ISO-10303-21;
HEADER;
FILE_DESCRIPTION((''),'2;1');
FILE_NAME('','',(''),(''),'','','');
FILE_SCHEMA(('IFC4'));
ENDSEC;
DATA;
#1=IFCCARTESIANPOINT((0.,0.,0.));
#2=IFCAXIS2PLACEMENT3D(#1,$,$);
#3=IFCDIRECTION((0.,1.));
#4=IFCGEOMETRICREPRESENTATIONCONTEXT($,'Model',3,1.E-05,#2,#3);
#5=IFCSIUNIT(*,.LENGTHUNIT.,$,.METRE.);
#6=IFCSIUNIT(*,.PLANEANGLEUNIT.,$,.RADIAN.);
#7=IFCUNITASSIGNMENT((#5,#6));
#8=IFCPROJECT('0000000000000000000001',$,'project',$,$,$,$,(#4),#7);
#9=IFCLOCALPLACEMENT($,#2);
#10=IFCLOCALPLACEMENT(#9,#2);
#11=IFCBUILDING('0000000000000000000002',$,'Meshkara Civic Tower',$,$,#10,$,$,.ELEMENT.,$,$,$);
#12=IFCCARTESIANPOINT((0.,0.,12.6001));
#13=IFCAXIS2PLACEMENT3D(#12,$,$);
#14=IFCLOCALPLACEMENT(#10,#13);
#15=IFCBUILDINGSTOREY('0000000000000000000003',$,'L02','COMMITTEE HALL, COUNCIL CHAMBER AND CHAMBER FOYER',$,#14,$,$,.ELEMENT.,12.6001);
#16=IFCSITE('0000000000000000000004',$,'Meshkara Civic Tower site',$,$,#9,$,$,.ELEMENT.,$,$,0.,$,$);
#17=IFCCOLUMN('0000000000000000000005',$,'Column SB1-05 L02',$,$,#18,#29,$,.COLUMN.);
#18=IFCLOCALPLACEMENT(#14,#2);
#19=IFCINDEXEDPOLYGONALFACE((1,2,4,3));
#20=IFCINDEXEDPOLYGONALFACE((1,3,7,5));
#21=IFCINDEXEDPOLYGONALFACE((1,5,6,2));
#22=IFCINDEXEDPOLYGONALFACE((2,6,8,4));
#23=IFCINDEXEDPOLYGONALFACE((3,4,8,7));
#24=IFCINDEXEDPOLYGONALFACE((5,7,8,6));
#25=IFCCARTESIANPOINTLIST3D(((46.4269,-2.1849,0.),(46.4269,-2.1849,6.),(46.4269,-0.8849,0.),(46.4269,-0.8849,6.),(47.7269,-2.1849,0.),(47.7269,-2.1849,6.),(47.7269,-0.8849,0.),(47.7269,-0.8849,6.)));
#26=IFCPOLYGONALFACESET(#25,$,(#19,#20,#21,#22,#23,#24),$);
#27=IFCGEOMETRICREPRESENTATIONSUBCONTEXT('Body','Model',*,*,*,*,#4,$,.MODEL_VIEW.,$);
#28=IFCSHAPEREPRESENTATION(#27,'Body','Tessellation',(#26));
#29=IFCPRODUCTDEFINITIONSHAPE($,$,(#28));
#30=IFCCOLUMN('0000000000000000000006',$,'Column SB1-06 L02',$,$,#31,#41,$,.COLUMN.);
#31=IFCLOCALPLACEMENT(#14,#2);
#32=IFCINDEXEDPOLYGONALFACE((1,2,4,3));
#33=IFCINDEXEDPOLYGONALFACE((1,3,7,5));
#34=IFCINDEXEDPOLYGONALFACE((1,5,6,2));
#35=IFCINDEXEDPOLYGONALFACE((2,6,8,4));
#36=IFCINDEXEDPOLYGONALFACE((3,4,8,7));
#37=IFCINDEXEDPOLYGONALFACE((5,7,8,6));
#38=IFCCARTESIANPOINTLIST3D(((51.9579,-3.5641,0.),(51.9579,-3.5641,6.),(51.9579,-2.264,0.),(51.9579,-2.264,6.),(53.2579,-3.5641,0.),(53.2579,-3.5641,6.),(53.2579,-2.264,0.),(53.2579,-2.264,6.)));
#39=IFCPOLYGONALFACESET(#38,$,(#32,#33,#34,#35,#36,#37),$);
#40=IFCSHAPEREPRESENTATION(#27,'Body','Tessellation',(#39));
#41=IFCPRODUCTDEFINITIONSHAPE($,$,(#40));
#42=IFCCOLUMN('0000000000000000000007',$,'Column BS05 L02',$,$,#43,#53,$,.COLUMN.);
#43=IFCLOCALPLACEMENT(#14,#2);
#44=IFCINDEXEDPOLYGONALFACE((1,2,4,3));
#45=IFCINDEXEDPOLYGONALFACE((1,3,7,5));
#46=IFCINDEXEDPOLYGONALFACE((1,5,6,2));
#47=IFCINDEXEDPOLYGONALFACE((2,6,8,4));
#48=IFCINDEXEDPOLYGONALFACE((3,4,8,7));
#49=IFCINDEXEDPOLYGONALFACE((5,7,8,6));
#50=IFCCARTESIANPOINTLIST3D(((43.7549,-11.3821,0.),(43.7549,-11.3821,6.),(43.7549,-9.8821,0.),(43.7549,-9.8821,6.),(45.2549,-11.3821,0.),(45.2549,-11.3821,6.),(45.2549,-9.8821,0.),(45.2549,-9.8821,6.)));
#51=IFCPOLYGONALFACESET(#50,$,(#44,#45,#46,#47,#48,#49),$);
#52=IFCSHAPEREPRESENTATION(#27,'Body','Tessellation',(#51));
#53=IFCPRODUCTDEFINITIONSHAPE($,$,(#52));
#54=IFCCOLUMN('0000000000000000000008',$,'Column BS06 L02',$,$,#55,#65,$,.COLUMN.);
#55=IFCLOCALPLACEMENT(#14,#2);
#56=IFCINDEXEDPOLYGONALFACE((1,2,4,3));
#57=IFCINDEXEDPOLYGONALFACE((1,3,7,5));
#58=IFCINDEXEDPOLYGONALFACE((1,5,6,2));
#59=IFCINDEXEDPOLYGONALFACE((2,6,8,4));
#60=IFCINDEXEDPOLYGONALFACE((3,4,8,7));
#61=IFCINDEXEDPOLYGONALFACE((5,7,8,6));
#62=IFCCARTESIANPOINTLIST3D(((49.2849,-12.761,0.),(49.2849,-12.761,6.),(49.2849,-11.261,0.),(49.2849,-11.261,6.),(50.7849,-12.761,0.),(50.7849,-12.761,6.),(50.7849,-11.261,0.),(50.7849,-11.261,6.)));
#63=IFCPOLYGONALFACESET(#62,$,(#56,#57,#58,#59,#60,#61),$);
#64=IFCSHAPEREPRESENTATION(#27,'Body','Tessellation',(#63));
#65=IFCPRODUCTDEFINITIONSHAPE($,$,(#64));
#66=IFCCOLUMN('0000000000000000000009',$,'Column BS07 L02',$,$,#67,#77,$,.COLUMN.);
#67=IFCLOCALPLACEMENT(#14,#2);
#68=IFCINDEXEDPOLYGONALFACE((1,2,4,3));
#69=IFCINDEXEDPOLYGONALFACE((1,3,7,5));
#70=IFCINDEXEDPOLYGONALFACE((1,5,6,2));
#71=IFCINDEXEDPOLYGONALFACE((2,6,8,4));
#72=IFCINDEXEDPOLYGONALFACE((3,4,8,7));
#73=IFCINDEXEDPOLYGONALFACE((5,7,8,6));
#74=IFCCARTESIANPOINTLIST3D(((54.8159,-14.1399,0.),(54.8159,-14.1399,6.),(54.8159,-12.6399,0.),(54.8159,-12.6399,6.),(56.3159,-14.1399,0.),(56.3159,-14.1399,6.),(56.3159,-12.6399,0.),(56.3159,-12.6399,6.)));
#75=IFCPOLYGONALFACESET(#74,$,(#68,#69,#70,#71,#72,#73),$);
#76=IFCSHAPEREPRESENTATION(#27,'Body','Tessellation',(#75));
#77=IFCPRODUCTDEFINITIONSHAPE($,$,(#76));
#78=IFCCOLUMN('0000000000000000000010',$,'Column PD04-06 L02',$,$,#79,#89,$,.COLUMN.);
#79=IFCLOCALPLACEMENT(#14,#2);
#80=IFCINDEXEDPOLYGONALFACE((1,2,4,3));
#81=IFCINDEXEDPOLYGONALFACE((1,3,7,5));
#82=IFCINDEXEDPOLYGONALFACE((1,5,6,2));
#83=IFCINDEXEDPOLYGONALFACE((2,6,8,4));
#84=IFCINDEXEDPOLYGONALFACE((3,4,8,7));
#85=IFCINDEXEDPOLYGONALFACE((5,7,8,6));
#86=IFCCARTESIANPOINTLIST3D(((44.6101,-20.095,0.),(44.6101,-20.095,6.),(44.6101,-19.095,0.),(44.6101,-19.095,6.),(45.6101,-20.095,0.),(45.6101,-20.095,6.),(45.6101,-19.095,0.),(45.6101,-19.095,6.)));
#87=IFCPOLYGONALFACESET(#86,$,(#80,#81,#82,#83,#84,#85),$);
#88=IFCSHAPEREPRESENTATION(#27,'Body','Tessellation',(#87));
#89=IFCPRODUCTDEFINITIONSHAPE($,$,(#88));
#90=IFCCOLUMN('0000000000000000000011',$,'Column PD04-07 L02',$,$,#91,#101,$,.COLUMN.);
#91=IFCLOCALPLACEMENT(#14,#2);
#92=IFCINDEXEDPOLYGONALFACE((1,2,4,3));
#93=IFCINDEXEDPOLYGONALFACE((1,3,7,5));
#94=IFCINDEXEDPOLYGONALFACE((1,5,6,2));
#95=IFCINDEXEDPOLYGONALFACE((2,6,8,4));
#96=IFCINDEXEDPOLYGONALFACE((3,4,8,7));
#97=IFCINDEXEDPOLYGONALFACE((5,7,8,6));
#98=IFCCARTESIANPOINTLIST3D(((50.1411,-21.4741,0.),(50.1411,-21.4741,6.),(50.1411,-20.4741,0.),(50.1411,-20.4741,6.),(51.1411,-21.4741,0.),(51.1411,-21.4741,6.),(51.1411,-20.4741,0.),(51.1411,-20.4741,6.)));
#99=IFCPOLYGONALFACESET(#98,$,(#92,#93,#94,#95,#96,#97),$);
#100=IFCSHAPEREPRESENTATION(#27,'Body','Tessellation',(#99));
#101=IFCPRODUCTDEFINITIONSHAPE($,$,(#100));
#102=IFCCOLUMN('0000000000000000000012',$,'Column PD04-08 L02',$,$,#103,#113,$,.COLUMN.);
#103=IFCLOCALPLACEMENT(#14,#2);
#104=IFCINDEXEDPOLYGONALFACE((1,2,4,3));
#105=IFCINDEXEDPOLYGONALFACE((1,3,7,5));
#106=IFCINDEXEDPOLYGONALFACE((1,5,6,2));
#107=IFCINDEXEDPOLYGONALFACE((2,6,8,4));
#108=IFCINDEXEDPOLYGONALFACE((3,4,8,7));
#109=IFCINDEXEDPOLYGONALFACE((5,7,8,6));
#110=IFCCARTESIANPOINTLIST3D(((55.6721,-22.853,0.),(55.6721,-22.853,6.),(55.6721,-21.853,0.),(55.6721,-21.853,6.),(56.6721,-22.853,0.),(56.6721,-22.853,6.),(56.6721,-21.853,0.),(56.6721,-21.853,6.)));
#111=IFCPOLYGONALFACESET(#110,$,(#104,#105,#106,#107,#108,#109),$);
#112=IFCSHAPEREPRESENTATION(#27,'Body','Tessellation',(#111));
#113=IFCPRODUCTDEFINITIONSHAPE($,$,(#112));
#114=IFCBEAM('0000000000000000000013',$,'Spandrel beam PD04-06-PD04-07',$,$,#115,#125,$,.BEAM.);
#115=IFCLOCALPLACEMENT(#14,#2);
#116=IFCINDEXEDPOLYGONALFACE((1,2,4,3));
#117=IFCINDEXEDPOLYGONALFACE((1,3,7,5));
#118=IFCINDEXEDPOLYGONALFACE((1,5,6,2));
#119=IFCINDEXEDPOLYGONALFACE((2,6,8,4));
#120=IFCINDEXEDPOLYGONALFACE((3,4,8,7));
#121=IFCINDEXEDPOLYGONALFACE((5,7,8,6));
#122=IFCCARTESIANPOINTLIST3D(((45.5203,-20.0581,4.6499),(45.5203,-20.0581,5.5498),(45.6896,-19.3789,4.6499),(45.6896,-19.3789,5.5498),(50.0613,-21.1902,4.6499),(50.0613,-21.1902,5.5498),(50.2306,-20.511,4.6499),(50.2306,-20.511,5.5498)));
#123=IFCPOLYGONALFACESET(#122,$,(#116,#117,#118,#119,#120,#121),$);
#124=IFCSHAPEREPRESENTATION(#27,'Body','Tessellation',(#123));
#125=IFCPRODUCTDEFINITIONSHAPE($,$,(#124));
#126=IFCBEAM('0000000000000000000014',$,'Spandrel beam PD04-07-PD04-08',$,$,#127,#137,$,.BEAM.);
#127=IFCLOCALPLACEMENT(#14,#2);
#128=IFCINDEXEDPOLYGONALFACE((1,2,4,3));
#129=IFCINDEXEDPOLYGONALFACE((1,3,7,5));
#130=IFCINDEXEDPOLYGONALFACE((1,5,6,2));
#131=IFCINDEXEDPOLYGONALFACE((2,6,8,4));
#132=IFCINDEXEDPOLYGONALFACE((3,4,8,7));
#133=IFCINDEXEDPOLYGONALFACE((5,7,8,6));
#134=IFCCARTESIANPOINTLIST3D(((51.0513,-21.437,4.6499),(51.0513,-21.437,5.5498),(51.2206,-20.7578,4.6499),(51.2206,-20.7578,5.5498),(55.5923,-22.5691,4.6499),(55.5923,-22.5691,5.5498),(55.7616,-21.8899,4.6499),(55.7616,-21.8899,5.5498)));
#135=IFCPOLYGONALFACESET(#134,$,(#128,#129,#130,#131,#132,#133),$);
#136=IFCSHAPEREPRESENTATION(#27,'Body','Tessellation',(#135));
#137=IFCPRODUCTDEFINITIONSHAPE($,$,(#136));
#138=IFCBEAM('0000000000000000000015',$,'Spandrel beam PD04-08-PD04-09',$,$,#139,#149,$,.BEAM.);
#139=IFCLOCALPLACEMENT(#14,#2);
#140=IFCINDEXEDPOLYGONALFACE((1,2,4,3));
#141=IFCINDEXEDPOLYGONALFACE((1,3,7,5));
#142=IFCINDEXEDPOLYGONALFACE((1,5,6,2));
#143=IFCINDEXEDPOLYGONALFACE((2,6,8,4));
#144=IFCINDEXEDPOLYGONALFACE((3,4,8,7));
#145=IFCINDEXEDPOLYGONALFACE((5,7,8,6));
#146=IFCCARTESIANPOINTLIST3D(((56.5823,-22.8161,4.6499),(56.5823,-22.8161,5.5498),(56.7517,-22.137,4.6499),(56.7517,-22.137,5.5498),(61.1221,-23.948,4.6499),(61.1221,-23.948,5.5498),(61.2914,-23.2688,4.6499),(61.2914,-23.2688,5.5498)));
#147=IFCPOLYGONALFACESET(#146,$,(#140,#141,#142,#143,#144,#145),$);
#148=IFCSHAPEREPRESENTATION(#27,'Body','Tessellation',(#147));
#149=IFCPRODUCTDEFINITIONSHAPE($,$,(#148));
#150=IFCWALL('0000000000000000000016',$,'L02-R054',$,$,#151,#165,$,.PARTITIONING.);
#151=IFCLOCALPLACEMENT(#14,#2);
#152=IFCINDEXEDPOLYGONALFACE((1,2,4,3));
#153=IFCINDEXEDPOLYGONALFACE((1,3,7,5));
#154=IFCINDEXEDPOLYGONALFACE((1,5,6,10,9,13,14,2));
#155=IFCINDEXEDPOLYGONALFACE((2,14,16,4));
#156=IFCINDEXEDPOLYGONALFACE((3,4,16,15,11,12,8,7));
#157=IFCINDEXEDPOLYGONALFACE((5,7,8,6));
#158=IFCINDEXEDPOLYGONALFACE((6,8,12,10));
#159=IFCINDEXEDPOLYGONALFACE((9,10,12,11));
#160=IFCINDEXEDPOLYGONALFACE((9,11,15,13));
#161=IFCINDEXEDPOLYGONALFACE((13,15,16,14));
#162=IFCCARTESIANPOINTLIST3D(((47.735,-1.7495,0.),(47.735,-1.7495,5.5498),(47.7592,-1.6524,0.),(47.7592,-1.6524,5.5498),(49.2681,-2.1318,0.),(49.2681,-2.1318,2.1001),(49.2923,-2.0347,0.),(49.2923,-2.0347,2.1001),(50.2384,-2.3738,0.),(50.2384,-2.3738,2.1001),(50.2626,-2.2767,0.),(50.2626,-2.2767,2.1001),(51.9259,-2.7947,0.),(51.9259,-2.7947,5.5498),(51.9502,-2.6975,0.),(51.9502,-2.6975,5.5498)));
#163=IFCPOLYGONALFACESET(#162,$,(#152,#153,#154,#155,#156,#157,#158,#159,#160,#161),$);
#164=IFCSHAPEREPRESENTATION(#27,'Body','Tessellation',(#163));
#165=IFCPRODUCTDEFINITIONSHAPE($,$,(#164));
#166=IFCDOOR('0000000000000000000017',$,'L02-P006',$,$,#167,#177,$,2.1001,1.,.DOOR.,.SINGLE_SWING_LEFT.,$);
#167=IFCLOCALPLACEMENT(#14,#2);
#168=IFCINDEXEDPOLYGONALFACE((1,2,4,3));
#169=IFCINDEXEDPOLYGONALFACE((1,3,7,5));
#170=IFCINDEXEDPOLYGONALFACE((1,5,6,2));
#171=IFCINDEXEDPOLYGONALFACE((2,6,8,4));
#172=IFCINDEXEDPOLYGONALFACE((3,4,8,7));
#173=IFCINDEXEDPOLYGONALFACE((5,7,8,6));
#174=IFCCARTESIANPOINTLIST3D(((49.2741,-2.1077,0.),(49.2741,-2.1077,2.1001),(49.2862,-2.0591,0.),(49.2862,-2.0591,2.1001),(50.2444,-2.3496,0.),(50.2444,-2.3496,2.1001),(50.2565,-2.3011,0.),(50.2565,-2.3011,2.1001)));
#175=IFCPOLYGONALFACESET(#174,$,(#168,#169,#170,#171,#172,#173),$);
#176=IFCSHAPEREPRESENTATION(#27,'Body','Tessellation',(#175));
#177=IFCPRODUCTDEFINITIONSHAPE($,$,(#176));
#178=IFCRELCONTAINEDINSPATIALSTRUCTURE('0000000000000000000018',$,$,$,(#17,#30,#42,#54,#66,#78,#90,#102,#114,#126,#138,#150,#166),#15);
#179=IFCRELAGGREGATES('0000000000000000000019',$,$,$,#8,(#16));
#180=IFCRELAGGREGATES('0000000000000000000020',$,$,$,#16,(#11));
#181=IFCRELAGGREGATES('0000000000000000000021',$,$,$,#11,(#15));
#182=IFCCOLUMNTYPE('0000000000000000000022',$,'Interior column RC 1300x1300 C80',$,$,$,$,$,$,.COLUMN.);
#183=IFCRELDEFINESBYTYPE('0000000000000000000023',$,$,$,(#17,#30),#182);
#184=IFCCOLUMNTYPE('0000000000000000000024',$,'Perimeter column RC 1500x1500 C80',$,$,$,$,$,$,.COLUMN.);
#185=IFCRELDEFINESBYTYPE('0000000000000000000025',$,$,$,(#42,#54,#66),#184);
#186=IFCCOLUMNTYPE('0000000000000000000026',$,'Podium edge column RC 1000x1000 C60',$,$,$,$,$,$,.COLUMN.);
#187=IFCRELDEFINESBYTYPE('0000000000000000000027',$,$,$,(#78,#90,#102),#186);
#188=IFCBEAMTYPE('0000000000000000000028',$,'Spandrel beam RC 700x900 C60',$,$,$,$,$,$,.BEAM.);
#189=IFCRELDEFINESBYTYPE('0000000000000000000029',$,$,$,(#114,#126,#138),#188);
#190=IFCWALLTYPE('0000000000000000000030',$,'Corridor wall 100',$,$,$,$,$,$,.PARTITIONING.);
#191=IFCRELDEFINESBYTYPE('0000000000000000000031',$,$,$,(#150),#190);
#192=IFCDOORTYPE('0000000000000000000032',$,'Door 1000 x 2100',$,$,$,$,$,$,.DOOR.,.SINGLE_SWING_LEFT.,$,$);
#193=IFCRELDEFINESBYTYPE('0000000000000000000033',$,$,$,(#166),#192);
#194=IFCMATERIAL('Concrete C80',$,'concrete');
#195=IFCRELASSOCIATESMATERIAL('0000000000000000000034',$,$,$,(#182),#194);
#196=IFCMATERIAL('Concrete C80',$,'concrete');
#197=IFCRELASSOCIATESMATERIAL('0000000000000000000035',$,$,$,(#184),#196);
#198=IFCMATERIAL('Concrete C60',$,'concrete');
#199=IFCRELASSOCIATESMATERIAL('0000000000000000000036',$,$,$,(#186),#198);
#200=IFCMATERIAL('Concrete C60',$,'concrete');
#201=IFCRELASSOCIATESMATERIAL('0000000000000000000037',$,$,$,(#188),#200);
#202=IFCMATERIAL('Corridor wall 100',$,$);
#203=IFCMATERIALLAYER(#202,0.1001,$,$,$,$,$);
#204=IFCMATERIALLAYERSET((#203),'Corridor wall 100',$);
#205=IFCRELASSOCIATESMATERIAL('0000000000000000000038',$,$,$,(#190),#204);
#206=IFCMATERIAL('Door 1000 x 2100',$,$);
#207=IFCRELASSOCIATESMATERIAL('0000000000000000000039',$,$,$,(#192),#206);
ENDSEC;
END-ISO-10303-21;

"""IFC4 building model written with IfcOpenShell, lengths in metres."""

from ifc_helpers import new_model, si_unit, direction, frame, frame_2d, origin, origin_2d, place, context, subcontext, project, spatial, rectangle, extrude, material, layer, layer_set, material_profile, profile_set, type_object, element, fill, save


model = new_model("IFC4")

# Units and contexts
model_context = context("Model", 3, precision=1e-05, world=origin(), true_north=direction((0.0, 1.0)))
body_context = subcontext(model_context, "Body", "Model", "MODEL_VIEW")
ifc_project = project(units=[si_unit("LENGTHUNIT", "METRE"), si_unit("PLANEANGLEUNIT", "RADIAN")], contexts=[model_context])

# Site, building, storey
site_placement = place(None, origin())
site = spatial("IfcSite", under=ifc_project, at=site_placement, Name="Meshkara Civic Tower site", CompositionType="ELEMENT", RefElevation=0.0)
building_placement = place(site_placement, origin())
building = spatial("IfcBuilding", under=site, at=building_placement, Name="Meshkara Civic Tower", CompositionType="ELEMENT")
storey_placement = place(building_placement, frame((0.0, 0.0, 12.6001)))
storey = spatial("IfcBuildingStorey", under=building, at=storey_placement, Name="L02", Description="COMMITTEE HALL, COUNCIL CHAMBER AND CHAMBER FOYER", CompositionType="ELEMENT", Elevation=12.6001)

# Columns
ifc_material_1 = material(Name="Concrete C80", Category="concrete")
ifc_material_profile_1 = material_profile(ifc_material_1, rectangle(XDim=1.3, YDim=1.3, at=origin_2d()))
ifc_profile_set_1 = profile_set([ifc_material_profile_1], Name="Concrete C80")
column_type_1 = type_object("IfcColumnType", Name="Interior column RC 1300x1300 C80", PredefinedType="COLUMN", material=ifc_profile_set_1)
for number, where, z_axis, x_axis, name in (
    (1, (47.0769, -1.5349, 0.0), (0.0, 0.0, 1.0), (1.0, 0.0, 0.0), "Column SB1-05 L02"),
    (2, (52.6079, -2.9141, 0.0), (0.0, 0.0, 1.0), (1.0, 0.0, 0.0), "Column SB1-06 L02"),
):
    element("IfcColumn", number, at=place(storey_placement, frame(where, z_axis=z_axis, x_axis=x_axis)), inside=storey, type_object=column_type_1, Name=name, PredefinedType="COLUMN", context=body_context, shape_type="SweptSolid", body=[
        extrude(rectangle(XDim=1.3, YDim=1.3, at=origin_2d()), origin(), (0.0, 0.0, 1.0), 6.0),
    ])
ifc_material_2 = material(Name="Concrete C80", Category="concrete")
ifc_material_profile_2 = material_profile(ifc_material_2, rectangle(XDim=1.5, YDim=1.5, at=origin_2d()))
ifc_profile_set_2 = profile_set([ifc_material_profile_2], Name="Concrete C80")
column_type_2 = type_object("IfcColumnType", Name="Perimeter column RC 1500x1500 C80", PredefinedType="COLUMN", material=ifc_profile_set_2)
for number, where, z_axis, x_axis, name in (
    (3, (44.5049, -10.6321, 0.0), (0.0, 0.0, 1.0), (1.0, 0.0, 0.0), "Column BS05 L02"),
    (4, (50.0349, -12.011, 0.0), (0.0, 0.0, 1.0), (1.0, 0.0, 0.0), "Column BS06 L02"),
    (5, (55.5659, -13.3899, 0.0), (0.0, 0.0, 1.0), (1.0, 0.0, 0.0), "Column BS07 L02"),
):
    element("IfcColumn", number, at=place(storey_placement, frame(where, z_axis=z_axis, x_axis=x_axis)), inside=storey, type_object=column_type_2, Name=name, PredefinedType="COLUMN", context=body_context, shape_type="SweptSolid", body=[
        extrude(rectangle(XDim=1.5, YDim=1.5, at=origin_2d()), origin(), (0.0, 0.0, 1.0), 6.0),
    ])
ifc_material_3 = material(Name="Concrete C60", Category="concrete")
ifc_material_profile_3 = material_profile(ifc_material_3, rectangle(XDim=1.0, YDim=1.0, at=origin_2d()))
ifc_profile_set_3 = profile_set([ifc_material_profile_3], Name="Concrete C60")
column_type_3 = type_object("IfcColumnType", Name="Podium edge column RC 1000x1000 C60", PredefinedType="COLUMN", material=ifc_profile_set_3)
for number, where, z_axis, x_axis, name in (
    (6, (45.1101, -19.595, 0.0), (0.0, 0.0, 1.0), (1.0, 0.0, 0.0), "Column PD04-06 L02"),
    (7, (50.6411, -20.9741, 0.0), (0.0, 0.0, 1.0), (1.0, 0.0, 0.0), "Column PD04-07 L02"),
    (8, (56.1721, -22.353, 0.0), (0.0, 0.0, 1.0), (1.0, 0.0, 0.0), "Column PD04-08 L02"),
):
    element("IfcColumn", number, at=place(storey_placement, frame(where, z_axis=z_axis, x_axis=x_axis)), inside=storey, type_object=column_type_3, Name=name, PredefinedType="COLUMN", context=body_context, shape_type="SweptSolid", body=[
        extrude(rectangle(XDim=1.0, YDim=1.0, at=origin_2d()), origin(), (0.0, 0.0, 1.0), 6.0),
    ])

# Beams
ifc_material_4 = material(Name="Concrete C60", Category="concrete")
ifc_material_profile_4 = material_profile(ifc_material_4, rectangle(XDim=0.7, YDim=0.8999, at=origin_2d()))
ifc_profile_set_4 = profile_set([ifc_material_profile_4], Name="Concrete C60")
beam_type = type_object("IfcBeamType", Name="Spandrel beam RC 700x900 C60", PredefinedType="BEAM", material=ifc_profile_set_4)
for number, where, z_axis, x_axis, name in (
    (9, (45.605, -19.7185, 5.0999), (0.970302, -0.241897, 0.0), (0.241897, 0.970302, 0.0), "Spandrel beam PD04-06-PD04-07"),
    (10, (51.136, -21.0974, 5.0999), (0.970302, -0.241897, 0.0), (0.241897, 0.970302, 0.0), "Spandrel beam PD04-07-PD04-08"),
):
    element("IfcBeam", number, at=place(storey_placement, frame(where, z_axis=z_axis, x_axis=x_axis)), inside=storey, type_object=beam_type, Name=name, PredefinedType="BEAM", context=body_context, shape_type="SweptSolid", body=[
        extrude(rectangle(XDim=0.7, YDim=0.8999, at=origin_2d()), origin(), (0.0, 0.0, 1.0), 4.6799),
    ])
beam_placement = place(storey_placement, frame((56.667, -22.4766, 5.0999), z_axis=(0.970299, -0.241909, 0.0), x_axis=(0.241909, 0.970299, 0.0)))
element("IfcBeam", 11, at=beam_placement, inside=storey, type_object=beam_type, Name="Spandrel beam PD04-08-PD04-09", PredefinedType="BEAM", context=body_context, shape_type="SweptSolid", body=[
    extrude(rectangle(XDim=0.7, YDim=0.8999, at=origin_2d()), origin(), (0.0, 0.0, 1.0), 4.6787),
])

# Wall, opening, door
ifc_material_5 = material(Name="Corridor wall 100")
ifc_layer_1 = layer(ifc_material_5, 0.1001)
ifc_layer_set_1 = layer_set([ifc_layer_1], Name="Corridor wall 100")
wall_type_1 = type_object("IfcWallType", Name="Corridor wall 100", PredefinedType="PARTITIONING", material=ifc_layer_set_1)
wall_1_placement = place(storey_placement, frame((47.7471, -1.7009, 0.0), z_axis=(0.0, 0.0, 1.0), x_axis=(0.970282, -0.241977, 0.0)))
wall_1 = element("IfcWall", 12, at=wall_1_placement, inside=storey, type_object=wall_type_1, Name="L02-R054", PredefinedType="PARTITIONING", context=body_context, shape_type="SweptSolid", body=[
    extrude(rectangle(XDim=4.3193, YDim=0.1001, at=frame_2d((2.1597, 0.0))), origin(), (0.0, 0.0, 1.0), 5.5498),
])
opening_1_placement = place(wall_1_placement, frame((1.5801, 0.0, 0.0)))
opening_1 = element("IfcOpeningElement", 13, at=opening_1_placement, cuts=wall_1, PredefinedType="OPENING", context=body_context, shape_type="SweptSolid", body=[
    extrude(rectangle(XDim=1.0, YDim=2.1001, at=frame_2d((0.5, 1.05))), frame((0.0, 0.0601, 0.0), z_axis=(0.0, -1.0, 0.0), x_axis=(1.0, 0.0, 0.0)), (0.0, 0.0, 1.0), 0.1201),
])
ifc_material_6 = material(Name="Door 1000 x 2100")
door_type_1 = type_object("IfcDoorType", Name="Door 1000 x 2100", OperationType="SINGLE_SWING_LEFT", PredefinedType="DOOR", material=ifc_material_6)
door_1_placement = place(opening_1_placement, origin())
door_1 = element("IfcDoor", 14, at=door_1_placement, inside=storey, type_object=door_type_1, Name="L02-P006", OperationType="SINGLE_SWING_LEFT", OverallHeight=2.1001, OverallWidth=1.0, PredefinedType="DOOR", context=body_context, shape_type="SweptSolid", body=[
    extrude(rectangle(XDim=1.0, YDim=2.1001, at=frame_2d((0.5, 1.05))), frame((0.0, 0.0249, 0.0), z_axis=(0.0, -1.0, 0.0), x_axis=(1.0, 0.0, 0.0)), (0.0, 0.0, 1.0), 0.05),
])
fill(opening_1, door_1)

save(model, "model.ifc")
